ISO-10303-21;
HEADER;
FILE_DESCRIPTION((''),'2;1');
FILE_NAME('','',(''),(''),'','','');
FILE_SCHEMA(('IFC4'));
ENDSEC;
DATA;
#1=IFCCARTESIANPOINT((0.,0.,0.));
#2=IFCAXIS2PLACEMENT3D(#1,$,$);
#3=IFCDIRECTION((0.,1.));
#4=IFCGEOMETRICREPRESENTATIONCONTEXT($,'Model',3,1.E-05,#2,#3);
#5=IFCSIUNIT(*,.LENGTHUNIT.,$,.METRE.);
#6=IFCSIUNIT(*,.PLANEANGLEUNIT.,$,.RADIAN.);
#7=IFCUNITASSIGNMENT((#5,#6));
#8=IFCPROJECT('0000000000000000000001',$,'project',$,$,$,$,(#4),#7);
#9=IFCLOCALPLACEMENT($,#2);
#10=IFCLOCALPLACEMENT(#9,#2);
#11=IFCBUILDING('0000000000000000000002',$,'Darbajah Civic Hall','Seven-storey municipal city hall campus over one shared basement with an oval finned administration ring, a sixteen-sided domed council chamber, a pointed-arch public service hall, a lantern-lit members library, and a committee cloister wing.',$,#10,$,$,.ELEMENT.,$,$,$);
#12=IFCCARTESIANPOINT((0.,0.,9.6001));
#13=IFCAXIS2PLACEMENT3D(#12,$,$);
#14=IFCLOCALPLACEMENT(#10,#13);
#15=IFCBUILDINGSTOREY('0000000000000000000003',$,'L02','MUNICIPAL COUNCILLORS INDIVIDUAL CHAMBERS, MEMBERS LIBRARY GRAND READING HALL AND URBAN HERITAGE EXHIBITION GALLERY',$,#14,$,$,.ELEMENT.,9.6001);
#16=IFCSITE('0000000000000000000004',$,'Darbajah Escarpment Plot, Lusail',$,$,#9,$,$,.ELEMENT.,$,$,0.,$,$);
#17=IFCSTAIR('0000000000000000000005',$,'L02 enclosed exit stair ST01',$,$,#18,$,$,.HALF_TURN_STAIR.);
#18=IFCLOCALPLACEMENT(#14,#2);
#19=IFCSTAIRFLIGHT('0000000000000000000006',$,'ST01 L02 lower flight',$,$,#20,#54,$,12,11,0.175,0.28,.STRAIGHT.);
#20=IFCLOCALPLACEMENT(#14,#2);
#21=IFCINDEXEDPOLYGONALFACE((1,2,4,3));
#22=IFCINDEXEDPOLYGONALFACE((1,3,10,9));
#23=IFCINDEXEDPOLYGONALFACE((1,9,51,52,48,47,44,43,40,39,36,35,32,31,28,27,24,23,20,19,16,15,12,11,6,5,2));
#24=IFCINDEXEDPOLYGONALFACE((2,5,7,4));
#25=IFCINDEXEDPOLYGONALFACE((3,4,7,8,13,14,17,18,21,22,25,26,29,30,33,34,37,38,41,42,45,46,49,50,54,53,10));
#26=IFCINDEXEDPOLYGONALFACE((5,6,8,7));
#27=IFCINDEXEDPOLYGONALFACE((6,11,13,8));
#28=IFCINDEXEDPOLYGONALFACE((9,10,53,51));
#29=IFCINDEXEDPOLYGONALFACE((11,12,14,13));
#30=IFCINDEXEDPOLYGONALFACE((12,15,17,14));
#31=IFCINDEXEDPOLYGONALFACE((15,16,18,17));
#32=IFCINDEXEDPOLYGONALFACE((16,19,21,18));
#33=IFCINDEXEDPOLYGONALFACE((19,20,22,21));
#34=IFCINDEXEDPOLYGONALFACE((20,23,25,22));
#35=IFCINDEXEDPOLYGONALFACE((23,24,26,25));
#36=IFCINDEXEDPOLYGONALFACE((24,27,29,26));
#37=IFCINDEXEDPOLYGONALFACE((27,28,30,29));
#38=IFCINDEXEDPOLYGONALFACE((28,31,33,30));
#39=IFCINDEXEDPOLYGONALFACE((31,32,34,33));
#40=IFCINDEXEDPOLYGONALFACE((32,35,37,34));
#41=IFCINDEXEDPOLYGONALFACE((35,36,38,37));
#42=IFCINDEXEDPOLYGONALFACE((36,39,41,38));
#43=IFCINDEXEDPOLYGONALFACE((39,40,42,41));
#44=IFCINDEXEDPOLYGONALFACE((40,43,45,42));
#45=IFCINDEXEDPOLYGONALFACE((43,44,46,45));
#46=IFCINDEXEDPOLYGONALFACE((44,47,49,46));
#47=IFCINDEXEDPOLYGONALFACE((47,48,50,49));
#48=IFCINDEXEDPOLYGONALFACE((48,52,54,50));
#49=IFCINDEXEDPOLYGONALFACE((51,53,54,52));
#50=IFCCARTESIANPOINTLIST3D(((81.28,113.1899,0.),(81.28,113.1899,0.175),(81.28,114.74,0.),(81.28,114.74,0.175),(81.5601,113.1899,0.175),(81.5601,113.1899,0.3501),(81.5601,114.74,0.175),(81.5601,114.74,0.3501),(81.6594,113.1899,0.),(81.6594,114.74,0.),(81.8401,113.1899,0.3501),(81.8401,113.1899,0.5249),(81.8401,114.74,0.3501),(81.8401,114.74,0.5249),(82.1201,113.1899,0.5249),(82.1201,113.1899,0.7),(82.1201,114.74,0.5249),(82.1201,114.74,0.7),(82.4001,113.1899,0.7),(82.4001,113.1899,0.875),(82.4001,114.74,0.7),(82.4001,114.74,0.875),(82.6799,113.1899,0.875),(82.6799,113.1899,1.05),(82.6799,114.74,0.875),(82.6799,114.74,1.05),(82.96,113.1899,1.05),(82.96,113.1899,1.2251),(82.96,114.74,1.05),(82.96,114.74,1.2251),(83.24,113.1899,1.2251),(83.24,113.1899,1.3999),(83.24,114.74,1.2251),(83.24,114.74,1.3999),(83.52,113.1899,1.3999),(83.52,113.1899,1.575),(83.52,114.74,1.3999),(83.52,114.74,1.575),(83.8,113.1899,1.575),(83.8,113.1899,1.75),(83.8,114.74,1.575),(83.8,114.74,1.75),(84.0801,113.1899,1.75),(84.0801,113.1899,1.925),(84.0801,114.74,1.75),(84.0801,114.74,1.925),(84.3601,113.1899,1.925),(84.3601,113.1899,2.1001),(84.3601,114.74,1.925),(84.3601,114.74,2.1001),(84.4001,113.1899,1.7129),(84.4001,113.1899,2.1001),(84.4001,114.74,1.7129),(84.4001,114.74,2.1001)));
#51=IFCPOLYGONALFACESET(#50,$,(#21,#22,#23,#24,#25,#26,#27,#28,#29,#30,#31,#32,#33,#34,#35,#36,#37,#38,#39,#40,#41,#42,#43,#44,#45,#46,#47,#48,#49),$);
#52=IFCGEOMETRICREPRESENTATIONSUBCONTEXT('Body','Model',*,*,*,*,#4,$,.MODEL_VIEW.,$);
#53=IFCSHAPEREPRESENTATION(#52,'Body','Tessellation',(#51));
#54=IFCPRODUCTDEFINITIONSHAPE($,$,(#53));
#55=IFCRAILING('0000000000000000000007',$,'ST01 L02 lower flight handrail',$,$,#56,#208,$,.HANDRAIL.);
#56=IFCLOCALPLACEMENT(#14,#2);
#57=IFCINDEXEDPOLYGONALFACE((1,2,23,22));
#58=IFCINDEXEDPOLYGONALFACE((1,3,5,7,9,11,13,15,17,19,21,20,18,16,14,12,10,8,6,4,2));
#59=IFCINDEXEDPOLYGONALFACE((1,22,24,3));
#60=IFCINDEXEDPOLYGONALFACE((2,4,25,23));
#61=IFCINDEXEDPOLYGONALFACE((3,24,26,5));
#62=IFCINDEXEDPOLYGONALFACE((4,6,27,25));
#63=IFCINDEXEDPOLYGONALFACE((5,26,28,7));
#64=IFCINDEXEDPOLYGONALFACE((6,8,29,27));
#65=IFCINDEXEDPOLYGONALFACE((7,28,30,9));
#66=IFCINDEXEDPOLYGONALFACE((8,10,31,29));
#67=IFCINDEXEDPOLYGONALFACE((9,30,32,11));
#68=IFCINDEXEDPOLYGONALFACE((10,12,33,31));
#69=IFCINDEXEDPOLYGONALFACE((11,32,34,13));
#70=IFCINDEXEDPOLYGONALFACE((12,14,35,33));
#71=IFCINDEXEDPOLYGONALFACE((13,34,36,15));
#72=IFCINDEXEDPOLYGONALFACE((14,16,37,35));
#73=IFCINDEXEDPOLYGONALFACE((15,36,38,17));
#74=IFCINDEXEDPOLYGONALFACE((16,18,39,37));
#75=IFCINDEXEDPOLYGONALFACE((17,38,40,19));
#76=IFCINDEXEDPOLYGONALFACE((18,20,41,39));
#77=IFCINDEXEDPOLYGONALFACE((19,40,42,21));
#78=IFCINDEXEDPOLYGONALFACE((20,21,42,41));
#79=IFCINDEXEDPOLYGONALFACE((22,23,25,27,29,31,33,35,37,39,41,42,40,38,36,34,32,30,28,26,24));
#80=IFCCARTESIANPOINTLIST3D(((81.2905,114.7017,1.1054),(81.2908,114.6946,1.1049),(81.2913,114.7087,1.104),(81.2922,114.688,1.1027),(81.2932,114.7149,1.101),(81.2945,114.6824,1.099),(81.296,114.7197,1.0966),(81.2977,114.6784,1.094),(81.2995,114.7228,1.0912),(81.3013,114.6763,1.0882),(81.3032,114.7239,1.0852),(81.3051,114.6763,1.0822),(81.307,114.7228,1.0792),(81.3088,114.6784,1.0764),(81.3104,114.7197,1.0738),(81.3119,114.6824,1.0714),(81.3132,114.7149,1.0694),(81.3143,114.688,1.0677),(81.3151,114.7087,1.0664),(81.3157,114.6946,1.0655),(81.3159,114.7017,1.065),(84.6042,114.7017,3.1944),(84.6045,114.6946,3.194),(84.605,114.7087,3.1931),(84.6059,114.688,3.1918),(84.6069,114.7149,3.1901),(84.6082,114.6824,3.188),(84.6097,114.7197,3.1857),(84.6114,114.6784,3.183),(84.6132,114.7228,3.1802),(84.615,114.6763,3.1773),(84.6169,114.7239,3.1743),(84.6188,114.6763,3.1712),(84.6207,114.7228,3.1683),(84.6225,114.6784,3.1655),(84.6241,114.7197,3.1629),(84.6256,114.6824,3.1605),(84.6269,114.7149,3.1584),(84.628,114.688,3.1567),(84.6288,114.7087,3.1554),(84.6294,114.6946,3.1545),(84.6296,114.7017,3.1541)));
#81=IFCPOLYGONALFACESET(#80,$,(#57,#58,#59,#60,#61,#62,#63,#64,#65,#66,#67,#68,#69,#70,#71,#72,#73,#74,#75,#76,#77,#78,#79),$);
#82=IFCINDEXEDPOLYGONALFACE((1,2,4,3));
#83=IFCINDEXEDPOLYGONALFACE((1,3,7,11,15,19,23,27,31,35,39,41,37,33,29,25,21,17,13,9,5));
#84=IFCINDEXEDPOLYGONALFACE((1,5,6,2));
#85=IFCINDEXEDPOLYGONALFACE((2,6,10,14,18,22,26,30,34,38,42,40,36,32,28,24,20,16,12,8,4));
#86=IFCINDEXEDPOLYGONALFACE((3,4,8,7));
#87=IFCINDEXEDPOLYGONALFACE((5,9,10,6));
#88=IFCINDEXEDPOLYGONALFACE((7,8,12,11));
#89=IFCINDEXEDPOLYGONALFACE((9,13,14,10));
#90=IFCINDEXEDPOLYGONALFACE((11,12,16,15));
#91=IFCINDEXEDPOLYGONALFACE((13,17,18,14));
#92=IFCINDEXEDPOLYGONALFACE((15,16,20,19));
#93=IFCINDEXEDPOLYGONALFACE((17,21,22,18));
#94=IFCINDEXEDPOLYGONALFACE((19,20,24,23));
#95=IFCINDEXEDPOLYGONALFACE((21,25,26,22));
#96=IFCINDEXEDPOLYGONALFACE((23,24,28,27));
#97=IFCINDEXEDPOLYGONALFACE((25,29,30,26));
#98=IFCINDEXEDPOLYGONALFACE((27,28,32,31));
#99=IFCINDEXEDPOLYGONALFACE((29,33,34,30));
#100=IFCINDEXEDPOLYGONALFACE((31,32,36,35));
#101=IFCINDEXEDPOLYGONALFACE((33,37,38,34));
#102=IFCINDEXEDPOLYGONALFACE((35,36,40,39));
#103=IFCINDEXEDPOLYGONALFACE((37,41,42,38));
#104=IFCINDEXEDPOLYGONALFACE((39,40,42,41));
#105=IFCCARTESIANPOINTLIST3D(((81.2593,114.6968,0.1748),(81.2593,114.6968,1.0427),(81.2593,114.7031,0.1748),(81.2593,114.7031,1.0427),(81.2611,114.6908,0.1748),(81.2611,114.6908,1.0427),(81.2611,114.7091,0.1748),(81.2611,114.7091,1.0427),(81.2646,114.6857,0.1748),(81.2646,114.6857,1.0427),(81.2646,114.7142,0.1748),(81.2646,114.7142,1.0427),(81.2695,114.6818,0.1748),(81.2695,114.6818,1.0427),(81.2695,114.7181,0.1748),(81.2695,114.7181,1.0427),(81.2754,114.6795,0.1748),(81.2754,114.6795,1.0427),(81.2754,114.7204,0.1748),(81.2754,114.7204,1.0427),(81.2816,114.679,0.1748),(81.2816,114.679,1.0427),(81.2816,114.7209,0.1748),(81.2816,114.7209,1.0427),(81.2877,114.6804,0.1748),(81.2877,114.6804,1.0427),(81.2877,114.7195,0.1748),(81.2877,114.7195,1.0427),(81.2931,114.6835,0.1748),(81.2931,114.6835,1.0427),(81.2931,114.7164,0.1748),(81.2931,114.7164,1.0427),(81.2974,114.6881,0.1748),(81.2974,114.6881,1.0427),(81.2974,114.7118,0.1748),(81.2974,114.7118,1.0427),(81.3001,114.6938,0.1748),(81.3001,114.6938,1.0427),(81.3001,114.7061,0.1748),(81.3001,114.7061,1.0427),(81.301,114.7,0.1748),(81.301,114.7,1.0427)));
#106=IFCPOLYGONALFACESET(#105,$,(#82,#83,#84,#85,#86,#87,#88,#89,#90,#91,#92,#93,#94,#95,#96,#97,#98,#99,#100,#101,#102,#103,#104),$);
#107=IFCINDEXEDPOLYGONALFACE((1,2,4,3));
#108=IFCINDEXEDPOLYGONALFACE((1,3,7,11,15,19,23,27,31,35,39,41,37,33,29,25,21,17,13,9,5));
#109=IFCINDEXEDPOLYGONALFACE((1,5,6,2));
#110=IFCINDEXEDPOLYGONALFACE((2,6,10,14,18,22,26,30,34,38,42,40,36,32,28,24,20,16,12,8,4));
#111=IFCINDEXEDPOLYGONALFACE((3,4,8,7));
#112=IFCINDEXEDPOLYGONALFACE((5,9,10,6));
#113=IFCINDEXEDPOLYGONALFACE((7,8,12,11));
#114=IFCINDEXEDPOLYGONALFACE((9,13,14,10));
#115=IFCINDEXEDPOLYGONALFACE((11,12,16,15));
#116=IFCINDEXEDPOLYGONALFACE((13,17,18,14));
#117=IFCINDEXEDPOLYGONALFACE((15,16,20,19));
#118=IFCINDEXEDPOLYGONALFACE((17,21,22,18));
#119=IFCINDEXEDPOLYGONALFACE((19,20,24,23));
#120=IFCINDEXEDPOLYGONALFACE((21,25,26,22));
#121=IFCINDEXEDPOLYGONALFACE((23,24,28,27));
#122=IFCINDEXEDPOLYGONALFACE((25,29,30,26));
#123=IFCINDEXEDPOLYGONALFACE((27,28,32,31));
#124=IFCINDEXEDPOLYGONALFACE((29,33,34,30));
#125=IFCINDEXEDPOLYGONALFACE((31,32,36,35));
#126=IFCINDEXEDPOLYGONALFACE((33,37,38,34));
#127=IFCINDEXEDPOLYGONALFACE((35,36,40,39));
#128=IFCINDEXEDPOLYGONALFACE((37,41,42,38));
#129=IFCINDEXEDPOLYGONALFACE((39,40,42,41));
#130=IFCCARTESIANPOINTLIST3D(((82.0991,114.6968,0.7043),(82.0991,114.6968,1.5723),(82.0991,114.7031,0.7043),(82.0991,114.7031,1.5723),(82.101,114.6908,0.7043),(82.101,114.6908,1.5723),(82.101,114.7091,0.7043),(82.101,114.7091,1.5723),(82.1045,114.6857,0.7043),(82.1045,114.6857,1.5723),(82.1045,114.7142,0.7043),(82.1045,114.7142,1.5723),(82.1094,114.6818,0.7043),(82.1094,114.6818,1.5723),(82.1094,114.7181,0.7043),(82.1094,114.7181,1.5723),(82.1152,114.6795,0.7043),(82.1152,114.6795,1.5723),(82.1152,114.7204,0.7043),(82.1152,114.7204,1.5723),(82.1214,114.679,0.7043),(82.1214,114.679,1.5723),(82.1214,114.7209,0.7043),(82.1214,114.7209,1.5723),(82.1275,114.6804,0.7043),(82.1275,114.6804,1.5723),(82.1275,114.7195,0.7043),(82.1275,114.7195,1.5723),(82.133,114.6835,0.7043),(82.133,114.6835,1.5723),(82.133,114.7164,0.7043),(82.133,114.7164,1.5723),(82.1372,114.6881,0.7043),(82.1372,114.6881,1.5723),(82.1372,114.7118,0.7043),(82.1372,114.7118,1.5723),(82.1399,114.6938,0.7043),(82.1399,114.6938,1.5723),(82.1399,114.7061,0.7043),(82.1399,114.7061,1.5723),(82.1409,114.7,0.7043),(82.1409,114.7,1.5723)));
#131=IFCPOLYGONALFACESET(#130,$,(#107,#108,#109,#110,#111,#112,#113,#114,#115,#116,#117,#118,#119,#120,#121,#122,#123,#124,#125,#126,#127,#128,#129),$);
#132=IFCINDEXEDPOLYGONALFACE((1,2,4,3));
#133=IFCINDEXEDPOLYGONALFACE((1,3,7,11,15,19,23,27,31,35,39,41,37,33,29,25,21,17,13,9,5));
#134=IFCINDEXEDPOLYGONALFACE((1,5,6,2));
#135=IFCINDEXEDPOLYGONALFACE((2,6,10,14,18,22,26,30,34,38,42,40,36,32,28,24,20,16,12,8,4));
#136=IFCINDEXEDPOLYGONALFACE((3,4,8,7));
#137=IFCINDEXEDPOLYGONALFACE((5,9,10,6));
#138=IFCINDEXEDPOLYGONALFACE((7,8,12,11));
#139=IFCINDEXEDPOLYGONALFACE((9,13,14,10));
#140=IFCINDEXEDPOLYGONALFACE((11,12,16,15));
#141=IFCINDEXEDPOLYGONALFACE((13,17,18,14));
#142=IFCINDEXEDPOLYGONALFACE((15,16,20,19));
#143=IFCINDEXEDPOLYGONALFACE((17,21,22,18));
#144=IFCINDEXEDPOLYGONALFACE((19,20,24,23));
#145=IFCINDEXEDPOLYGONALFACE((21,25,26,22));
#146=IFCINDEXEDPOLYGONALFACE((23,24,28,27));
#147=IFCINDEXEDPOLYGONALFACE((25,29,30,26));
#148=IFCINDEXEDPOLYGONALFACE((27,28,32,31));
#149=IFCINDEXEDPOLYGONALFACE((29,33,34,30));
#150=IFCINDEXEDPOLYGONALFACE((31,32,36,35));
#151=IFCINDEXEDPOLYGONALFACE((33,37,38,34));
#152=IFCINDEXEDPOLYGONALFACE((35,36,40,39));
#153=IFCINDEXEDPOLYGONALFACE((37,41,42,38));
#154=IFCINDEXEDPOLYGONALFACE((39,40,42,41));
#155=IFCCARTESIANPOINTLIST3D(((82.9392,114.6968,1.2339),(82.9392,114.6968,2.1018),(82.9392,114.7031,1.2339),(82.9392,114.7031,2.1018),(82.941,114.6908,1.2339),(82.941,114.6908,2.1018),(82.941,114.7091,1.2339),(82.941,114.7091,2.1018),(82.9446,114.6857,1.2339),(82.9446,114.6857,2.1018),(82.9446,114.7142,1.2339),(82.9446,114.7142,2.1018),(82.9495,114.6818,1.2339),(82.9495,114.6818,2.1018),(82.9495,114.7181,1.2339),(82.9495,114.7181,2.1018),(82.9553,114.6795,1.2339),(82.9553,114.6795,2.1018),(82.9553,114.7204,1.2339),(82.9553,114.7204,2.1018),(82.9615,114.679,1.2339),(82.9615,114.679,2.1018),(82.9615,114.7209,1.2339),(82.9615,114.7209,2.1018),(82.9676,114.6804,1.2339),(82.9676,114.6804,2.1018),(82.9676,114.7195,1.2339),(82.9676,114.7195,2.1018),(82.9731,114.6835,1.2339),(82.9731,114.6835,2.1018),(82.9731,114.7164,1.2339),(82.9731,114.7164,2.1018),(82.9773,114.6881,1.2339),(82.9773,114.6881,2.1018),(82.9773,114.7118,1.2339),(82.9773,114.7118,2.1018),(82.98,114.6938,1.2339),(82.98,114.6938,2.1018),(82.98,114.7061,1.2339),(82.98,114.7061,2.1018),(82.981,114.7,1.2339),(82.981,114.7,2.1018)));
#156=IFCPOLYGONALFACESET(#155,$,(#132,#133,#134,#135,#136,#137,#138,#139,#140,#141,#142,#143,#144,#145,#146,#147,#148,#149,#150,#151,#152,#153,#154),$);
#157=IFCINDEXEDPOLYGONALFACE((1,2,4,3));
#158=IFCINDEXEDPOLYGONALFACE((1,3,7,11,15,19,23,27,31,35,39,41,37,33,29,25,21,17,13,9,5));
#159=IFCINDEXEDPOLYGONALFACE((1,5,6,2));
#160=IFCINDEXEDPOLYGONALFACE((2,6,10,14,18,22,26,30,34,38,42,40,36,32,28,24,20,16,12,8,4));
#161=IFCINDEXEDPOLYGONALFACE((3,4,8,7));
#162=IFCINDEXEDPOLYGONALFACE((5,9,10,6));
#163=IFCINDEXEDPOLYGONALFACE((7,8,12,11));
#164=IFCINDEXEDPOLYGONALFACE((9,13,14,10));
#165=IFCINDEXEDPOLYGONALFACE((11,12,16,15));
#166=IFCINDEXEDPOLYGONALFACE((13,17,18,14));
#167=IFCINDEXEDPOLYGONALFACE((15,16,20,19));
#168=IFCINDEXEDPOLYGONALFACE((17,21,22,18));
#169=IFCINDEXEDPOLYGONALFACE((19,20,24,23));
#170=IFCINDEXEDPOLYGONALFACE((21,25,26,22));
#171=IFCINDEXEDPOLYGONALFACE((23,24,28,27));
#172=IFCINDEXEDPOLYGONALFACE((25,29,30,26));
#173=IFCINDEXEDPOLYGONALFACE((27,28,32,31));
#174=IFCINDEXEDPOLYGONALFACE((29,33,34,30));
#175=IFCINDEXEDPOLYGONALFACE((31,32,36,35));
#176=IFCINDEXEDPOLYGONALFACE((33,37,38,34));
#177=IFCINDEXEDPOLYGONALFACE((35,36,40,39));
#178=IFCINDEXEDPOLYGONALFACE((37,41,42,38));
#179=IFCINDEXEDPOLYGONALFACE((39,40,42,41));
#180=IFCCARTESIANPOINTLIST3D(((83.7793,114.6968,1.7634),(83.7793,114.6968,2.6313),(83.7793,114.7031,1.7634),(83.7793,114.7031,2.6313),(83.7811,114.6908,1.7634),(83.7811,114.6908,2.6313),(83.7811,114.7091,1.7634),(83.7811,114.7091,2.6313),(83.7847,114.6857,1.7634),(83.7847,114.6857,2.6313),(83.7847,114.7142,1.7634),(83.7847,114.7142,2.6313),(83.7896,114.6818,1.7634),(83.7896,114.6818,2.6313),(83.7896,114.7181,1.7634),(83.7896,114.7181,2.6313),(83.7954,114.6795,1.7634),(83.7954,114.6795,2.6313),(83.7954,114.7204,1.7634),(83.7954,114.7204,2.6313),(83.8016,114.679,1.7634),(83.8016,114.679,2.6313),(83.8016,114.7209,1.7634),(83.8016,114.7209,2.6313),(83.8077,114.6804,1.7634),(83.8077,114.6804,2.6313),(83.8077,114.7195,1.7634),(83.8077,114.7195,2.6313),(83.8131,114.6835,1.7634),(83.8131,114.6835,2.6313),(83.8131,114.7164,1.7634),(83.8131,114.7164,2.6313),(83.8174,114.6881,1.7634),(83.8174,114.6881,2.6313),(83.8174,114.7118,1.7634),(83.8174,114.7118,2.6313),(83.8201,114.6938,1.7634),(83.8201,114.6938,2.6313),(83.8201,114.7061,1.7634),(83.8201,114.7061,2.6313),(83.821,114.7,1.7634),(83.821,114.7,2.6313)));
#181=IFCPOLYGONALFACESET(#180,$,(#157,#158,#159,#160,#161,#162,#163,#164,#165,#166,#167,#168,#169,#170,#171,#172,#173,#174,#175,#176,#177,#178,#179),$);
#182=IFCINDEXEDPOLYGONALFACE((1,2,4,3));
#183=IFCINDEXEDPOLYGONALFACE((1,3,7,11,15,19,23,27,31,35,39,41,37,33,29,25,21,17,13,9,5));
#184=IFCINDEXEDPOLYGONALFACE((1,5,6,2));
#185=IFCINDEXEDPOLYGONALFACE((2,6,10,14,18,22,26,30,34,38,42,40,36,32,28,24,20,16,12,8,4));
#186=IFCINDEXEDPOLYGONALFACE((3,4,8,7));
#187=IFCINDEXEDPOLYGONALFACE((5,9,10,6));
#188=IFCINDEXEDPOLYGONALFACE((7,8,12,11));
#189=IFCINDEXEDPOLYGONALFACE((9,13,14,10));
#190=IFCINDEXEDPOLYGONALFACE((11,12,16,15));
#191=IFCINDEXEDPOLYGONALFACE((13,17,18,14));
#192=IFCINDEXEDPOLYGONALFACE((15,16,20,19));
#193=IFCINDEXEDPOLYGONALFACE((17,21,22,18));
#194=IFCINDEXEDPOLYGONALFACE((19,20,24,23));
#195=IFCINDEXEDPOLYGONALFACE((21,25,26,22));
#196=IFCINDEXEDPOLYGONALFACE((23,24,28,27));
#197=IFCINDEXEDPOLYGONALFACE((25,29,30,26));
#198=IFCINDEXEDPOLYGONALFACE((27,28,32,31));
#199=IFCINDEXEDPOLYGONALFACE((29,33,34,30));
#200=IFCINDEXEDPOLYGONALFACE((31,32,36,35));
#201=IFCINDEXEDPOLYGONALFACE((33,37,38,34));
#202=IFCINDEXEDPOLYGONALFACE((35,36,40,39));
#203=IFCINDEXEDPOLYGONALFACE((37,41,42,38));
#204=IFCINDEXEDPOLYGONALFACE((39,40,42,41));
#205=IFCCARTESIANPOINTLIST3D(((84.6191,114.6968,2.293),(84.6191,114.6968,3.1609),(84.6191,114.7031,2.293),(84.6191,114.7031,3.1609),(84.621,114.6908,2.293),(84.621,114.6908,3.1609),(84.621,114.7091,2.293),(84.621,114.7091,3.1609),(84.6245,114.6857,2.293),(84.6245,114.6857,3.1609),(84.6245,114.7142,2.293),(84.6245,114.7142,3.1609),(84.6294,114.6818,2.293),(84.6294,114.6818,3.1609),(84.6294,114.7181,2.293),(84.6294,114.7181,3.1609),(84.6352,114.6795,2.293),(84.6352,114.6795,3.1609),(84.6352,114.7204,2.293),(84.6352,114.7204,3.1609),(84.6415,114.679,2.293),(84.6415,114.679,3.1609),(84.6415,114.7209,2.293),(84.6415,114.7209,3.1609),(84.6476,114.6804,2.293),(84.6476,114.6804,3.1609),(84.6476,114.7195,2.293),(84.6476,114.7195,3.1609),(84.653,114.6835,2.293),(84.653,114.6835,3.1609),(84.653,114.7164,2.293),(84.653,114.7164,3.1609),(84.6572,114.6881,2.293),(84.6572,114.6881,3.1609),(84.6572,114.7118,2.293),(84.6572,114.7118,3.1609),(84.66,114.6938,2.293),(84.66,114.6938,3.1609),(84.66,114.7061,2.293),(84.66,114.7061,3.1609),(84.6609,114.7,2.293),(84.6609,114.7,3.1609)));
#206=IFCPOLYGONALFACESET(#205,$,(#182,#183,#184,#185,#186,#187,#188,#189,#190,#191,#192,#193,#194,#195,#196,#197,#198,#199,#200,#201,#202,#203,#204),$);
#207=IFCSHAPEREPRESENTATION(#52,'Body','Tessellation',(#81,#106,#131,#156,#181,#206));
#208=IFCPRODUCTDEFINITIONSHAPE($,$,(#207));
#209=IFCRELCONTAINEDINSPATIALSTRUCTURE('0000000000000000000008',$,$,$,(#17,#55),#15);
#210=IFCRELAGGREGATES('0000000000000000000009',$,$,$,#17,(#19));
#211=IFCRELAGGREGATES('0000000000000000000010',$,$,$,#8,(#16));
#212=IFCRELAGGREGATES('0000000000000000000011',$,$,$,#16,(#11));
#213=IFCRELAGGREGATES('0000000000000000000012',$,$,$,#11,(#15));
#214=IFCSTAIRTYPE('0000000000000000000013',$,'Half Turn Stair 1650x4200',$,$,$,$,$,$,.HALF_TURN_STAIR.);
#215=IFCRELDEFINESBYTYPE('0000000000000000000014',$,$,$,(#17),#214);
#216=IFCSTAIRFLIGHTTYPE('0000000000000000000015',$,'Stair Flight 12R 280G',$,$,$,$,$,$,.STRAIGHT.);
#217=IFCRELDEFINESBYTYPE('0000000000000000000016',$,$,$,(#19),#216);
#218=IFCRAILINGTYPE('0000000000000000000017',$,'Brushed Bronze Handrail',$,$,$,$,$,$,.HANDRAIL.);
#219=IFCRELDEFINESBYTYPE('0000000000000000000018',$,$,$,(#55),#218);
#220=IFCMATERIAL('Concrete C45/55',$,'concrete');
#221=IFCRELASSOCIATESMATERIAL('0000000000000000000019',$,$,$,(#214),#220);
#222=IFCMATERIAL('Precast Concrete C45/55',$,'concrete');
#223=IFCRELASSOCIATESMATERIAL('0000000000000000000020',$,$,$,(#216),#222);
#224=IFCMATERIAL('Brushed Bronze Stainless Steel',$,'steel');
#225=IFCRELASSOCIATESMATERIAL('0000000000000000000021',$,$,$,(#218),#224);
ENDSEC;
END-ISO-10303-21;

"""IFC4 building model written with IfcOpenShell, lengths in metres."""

from ifc_helpers import new_model, si_unit, direction, frame, origin, origin_2d, place, context, subcontext, project, spatial, polyline, circle, outline, extrude, material, type_object, element, aggregate, save


model = new_model("IFC4")

# Units and contexts
model_context = context("Model", 3, precision=1e-05, world=origin(), true_north=direction((0.0, 1.0)))
body_context = subcontext(model_context, "Body", "Model", "MODEL_VIEW")
ifc_project = project(units=[si_unit("LENGTHUNIT", "METRE"), si_unit("PLANEANGLEUNIT", "RADIAN")], contexts=[model_context])

# Site, building, storey
site_placement = place(None, origin())
site = spatial("IfcSite", under=ifc_project, at=site_placement, Name="Darbajah Escarpment Plot, Lusail", CompositionType="ELEMENT", RefElevation=0.0)
building_placement = place(site_placement, origin())
building = spatial("IfcBuilding", under=site, at=building_placement, Name="Darbajah Civic Hall", Description="Seven-storey municipal city hall campus over one shared basement with an oval finned administration ring, a sixteen-sided domed council chamber, a pointed-arch public service hall, a lantern-lit members library, and a committee cloister wing.", CompositionType="ELEMENT")
storey_placement = place(building_placement, frame((0.0, 0.0, 9.6001)))
storey = spatial("IfcBuildingStorey", under=building, at=storey_placement, Name="L02", Description="MUNICIPAL COUNCILLORS INDIVIDUAL CHAMBERS, MEMBERS LIBRARY GRAND READING HALL AND URBAN HERITAGE EXHIBITION GALLERY", CompositionType="ELEMENT", Elevation=9.6001)

# Shared definitions
ifc_material_1 = material(Name="Concrete C45/55", Category="concrete")

# Stair, stair flight
stair_type = type_object("IfcStairType", Name="Half Turn Stair 1650x4200", PredefinedType="HALF_TURN_STAIR", material=ifc_material_1)
stair_placement = place(storey_placement, origin())
stair = element("IfcStair", 1, at=stair_placement, inside=storey, type_object=stair_type, Name="L02 enclosed exit stair ST01", PredefinedType="HALF_TURN_STAIR")
ifc_material_2 = material(Name="Precast Concrete C45/55", Category="concrete")
stair_flight_type = type_object("IfcStairFlightType", Name="Stair Flight 12R 280G", PredefinedType="STRAIGHT", material=ifc_material_2)
stair_flight_placement = place(storey_placement, frame((81.28, 113.9651, 0.0), z_axis=(0.0, 0.0, 1.0), x_axis=(1.0, 0.0, 0.0)))
stair_flight = element("IfcStairFlight", 2, at=stair_flight_placement, type_object=stair_flight_type, Name="ST01 L02 lower flight", NumberOfRisers=12, NumberOfTreads=11, PredefinedType="STRAIGHT", RiserHeight=0.175, TreadLength=0.28, context=body_context, shape_type="SweptSolid", body=[
    extrude(outline(polyline([(0.0, 0.0), (0.0, 0.175), (0.28, 0.175), (0.28, 0.3501), (0.5601, 0.3501), (0.5601, 0.5249), (0.8401, 0.5249), (0.8401, 0.7), (1.1201, 0.7), (1.1201, 0.875), (1.3999, 0.875), (1.3999, 1.05), (1.6799, 1.05), (1.6799, 1.2251), (1.96, 1.2251), (1.96, 1.3999), (2.24, 1.3999), (2.24, 1.575), (2.52, 1.575), (2.52, 1.75), (2.8, 1.75), (2.8, 1.925), (3.0801, 1.925), (3.0801, 2.1001), (3.1201, 2.1001), (3.1201, 1.7129), (0.3794, 0.0), (0.0, 0.0)])), frame((0.0, 0.7749, 0.0), z_axis=(0.0, -1.0, 0.0), x_axis=(1.0, 0.0, 0.0)), (0.0, 0.0, 1.0), 1.55),
])
aggregate(stair, [stair_flight])

# Railing
ifc_material_3 = material(Name="Brushed Bronze Stainless Steel", Category="steel")
railing_type_1 = type_object("IfcRailingType", Name="Brushed Bronze Handrail", PredefinedType="HANDRAIL", material=ifc_material_3)
railing_1_placement = place(storey_placement, frame((81.28, 114.7, 0.1748)))
element("IfcRailing", 3, at=railing_1_placement, inside=storey, type_object=railing_type_1, Name="ST01 L02 lower flight handrail", PredefinedType="HANDRAIL", context=body_context, shape_type="SweptSolid", body=[
    extrude(circle(Radius=0.0239, at=origin_2d()), frame((0.0232, 0.0, 0.9104), z_axis=(0.845927, 0.0, 0.533299), x_axis=(0.0, 1.0, 0.0)), (0.0, 0.0, 1.0), 3.9172),
    extrude(circle(Radius=0.021, at=origin_2d()), origin(), (0.0, 0.0, 1.0), 0.8679),
    extrude(circle(Radius=0.021, at=origin_2d()), frame((0.8398, 0.0, 0.5295)), (0.0, 0.0, 1.0), 0.8679),
    extrude(circle(Radius=0.021, at=origin_2d()), frame((1.6799, 0.0, 1.0591)), (0.0, 0.0, 1.0), 0.8679),
    extrude(circle(Radius=0.021, at=origin_2d()), frame((2.52, 0.0, 1.5886)), (0.0, 0.0, 1.0), 0.8679),
    extrude(circle(Radius=0.021, at=origin_2d()), frame((3.3599, 0.0, 2.1182)), (0.0, 0.0, 1.0), 0.8679),
])

save(model, "model.ifc")
